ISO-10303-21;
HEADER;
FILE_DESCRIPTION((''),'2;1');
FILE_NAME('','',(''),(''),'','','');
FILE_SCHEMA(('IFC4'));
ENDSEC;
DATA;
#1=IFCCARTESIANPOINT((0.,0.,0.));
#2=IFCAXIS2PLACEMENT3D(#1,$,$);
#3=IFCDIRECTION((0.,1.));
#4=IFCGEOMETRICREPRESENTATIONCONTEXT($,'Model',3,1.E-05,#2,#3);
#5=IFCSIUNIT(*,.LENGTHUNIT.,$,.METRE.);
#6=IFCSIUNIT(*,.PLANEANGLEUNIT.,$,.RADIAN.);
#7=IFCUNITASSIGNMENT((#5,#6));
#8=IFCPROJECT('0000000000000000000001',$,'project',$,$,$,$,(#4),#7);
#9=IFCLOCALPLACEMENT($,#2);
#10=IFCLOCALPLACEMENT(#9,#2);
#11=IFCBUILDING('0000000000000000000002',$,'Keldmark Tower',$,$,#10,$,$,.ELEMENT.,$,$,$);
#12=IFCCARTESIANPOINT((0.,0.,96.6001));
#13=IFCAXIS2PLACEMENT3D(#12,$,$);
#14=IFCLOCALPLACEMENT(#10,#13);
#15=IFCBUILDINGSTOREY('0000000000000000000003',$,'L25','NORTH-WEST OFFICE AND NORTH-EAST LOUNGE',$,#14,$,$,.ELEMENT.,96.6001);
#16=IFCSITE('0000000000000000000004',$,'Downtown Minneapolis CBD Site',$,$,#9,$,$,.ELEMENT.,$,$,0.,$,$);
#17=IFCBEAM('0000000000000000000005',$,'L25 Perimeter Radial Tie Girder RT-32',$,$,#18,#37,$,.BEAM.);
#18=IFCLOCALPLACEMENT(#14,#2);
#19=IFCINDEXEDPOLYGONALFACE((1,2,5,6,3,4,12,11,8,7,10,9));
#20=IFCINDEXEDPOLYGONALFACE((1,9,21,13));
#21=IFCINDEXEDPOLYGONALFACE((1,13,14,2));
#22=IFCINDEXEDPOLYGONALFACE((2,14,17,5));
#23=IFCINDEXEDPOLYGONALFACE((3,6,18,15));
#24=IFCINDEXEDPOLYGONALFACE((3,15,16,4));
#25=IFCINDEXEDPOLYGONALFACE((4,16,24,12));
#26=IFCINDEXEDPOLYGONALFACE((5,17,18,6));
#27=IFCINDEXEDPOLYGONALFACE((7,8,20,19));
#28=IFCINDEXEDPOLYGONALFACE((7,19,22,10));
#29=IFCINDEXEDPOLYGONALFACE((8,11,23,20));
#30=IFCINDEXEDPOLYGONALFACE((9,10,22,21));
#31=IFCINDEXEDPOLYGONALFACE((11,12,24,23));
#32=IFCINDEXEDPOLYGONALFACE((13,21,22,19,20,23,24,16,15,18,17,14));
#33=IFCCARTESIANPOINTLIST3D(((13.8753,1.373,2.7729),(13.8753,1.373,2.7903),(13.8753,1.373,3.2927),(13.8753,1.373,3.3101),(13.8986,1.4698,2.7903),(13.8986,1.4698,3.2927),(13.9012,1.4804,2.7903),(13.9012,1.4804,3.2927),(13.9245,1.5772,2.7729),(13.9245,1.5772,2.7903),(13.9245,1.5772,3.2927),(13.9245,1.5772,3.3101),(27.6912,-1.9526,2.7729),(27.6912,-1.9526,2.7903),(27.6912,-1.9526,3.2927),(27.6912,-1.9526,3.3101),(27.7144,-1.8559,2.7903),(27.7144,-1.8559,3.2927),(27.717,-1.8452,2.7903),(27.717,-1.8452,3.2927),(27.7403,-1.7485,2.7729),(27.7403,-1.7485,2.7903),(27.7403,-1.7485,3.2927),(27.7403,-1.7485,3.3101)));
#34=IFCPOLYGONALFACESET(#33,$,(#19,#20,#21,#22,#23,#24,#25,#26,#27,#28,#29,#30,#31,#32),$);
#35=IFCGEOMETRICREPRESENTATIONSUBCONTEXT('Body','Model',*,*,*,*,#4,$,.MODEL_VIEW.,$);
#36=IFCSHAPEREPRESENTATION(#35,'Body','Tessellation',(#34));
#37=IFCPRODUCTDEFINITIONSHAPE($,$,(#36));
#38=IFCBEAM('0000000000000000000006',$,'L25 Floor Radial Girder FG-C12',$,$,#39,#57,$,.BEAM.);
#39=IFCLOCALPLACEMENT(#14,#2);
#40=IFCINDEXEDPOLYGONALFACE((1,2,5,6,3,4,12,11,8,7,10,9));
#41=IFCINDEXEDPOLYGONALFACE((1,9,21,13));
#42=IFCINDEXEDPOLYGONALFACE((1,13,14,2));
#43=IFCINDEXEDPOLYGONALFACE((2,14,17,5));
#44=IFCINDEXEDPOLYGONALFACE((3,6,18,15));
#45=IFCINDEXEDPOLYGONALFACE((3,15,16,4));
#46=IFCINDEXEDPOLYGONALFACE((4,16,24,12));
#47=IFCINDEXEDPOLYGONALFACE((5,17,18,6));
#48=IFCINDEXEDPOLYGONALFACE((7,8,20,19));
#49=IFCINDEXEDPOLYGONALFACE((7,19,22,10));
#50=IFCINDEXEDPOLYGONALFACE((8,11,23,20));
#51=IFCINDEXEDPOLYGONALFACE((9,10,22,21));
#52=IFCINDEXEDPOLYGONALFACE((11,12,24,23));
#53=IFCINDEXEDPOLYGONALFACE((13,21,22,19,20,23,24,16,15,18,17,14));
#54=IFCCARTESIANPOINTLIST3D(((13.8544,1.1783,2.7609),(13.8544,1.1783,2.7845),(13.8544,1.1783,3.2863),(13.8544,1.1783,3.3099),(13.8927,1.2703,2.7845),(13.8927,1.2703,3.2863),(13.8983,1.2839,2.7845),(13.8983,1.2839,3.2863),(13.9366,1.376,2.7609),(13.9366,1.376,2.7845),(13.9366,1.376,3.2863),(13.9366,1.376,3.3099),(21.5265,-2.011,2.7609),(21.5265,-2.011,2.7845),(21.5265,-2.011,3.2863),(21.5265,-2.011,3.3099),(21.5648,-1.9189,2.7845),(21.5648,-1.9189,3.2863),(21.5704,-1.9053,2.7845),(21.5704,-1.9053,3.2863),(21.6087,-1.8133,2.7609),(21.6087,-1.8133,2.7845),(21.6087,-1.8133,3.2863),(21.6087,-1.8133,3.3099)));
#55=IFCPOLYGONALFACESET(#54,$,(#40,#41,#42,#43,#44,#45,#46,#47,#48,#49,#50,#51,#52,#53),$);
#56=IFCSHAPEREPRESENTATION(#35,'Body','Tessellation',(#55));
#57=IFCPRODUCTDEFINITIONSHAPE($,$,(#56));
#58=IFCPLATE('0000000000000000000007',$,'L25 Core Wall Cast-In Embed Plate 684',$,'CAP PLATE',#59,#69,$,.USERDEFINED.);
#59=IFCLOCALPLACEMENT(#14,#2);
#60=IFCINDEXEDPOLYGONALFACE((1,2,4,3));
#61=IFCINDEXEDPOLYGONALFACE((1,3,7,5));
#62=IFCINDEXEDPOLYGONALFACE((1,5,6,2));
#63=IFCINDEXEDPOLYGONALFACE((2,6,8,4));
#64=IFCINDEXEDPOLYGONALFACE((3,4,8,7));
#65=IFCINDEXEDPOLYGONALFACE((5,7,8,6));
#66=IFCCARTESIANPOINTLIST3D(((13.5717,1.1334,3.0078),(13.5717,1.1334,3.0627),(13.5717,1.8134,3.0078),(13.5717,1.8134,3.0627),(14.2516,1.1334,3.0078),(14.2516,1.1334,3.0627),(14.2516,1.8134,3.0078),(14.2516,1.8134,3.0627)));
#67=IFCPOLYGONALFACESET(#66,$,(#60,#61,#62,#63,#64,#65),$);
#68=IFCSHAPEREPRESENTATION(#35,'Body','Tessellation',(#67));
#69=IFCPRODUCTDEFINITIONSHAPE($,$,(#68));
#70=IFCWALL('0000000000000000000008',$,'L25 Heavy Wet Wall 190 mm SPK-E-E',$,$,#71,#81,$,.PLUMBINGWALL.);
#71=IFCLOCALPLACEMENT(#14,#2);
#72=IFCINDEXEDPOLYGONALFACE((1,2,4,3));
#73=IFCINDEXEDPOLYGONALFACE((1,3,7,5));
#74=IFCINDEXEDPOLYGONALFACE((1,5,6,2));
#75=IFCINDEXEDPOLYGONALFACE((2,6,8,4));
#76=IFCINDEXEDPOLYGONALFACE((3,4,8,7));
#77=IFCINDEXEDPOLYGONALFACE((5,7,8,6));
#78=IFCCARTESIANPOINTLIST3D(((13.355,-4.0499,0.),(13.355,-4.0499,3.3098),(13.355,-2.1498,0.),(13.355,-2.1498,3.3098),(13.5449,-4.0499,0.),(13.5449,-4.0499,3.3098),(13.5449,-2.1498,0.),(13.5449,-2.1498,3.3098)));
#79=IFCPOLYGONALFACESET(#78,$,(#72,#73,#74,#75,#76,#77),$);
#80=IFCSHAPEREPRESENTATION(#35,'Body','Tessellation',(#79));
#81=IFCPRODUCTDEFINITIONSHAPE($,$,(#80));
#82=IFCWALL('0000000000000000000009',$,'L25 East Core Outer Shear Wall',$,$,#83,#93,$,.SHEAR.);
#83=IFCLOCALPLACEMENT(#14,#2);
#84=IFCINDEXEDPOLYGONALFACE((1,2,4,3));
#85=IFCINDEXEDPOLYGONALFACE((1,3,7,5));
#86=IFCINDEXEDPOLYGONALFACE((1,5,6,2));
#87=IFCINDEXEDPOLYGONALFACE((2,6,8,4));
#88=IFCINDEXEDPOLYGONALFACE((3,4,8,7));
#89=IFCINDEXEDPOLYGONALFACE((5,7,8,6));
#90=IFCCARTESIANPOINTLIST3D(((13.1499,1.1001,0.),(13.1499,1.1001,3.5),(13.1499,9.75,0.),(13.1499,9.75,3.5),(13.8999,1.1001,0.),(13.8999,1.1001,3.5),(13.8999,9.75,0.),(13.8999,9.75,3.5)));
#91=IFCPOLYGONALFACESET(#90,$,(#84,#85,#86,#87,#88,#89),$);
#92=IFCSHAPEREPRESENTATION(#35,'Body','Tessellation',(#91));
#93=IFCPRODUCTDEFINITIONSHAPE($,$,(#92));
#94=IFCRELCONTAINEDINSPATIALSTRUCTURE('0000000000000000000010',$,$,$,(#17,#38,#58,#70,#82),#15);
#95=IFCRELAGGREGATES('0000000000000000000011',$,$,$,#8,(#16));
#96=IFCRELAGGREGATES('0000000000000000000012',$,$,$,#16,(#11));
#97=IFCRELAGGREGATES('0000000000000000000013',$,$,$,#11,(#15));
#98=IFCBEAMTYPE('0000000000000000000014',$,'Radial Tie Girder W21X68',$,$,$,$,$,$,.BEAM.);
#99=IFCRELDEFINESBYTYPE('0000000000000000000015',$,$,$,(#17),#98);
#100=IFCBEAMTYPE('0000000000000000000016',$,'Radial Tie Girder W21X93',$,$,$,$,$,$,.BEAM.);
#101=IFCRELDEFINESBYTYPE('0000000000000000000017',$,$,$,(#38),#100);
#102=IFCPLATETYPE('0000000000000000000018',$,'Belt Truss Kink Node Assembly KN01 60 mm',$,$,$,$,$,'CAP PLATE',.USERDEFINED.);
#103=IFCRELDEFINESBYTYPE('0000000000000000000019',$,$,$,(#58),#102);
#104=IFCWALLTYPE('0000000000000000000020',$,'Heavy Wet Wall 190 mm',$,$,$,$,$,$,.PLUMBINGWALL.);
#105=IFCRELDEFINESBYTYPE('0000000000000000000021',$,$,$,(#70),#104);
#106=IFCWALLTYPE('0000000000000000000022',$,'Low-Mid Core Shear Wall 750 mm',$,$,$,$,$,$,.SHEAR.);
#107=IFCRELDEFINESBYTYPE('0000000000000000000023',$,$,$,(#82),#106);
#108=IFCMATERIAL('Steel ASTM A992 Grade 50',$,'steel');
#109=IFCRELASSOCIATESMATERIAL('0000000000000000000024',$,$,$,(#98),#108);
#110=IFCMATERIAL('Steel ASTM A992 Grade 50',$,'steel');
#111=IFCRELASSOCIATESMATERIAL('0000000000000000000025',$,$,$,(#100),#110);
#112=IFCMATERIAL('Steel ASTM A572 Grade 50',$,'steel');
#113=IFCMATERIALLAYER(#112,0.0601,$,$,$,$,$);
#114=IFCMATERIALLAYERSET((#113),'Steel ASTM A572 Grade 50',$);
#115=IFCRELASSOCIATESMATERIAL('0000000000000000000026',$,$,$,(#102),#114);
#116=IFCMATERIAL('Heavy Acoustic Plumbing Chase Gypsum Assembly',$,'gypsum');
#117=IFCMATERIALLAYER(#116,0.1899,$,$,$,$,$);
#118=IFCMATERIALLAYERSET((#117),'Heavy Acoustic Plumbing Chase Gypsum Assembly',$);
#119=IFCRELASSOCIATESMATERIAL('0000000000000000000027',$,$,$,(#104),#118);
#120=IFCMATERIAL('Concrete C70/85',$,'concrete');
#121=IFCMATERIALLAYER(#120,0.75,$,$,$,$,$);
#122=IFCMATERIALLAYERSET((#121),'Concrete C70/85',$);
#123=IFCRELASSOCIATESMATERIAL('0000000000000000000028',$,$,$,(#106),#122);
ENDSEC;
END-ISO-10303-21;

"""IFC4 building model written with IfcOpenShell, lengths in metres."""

from ifc_helpers import new_model, si_unit, direction, frame, frame_2d, origin, origin_2d, place, context, subcontext, project, spatial, rectangle, i_section, extrude, material, layer, layer_set, material_profile, profile_set, type_object, element, save


model = new_model("IFC4")

# Units and contexts
model_context = context("Model", 3, precision=1e-05, world=origin(), true_north=direction((0.0, 1.0)))
body_context = subcontext(model_context, "Body", "Model", "MODEL_VIEW")
ifc_project = project(units=[si_unit("LENGTHUNIT", "METRE"), si_unit("PLANEANGLEUNIT", "RADIAN")], contexts=[model_context])

# Site, building, storey
site_placement = place(None, origin())
site = spatial("IfcSite", under=ifc_project, at=site_placement, Name="Downtown Minneapolis CBD Site", CompositionType="ELEMENT", RefElevation=0.0)
building_placement = place(site_placement, origin())
building = spatial("IfcBuilding", under=site, at=building_placement, Name="Keldmark Tower", CompositionType="ELEMENT")
storey_placement = place(building_placement, frame((0.0, 0.0, 96.6001)))
storey = spatial("IfcBuildingStorey", under=building, at=storey_placement, Name="L25", Description="NORTH-WEST OFFICE AND NORTH-EAST LOUNGE", CompositionType="ELEMENT", Elevation=96.6001)

# Beams
ifc_material_1 = material(Name="Steel ASTM A992 Grade 50", Category="steel")
ifc_material_profile_1 = material_profile(ifc_material_1, i_section(OverallWidth=0.21, OverallDepth=0.5371, WebThickness=0.011, FlangeThickness=0.0173, at=origin_2d()), Name="W21X68")
ifc_profile_set_1 = profile_set([ifc_material_profile_1], Name="Steel ASTM A992 Grade 50")
beam_type_1 = type_object("IfcBeamType", Name="Radial Tie Girder W21X68", PredefinedType="BEAM", material=ifc_profile_set_1)
beam_1_placement = place(storey_placement, frame((13.8999, 1.4751, 3.0415), z_axis=(0.97223, -0.234029, 0.0), x_axis=(0.234029, 0.97223, 0.0)))
element("IfcBeam", 1, at=beam_1_placement, inside=storey, type_object=beam_type_1, Name="L25 Perimeter Radial Tie Girder RT-32", PredefinedType="BEAM", context=body_context, shape_type="SweptSolid", body=[
    extrude(i_section(OverallWidth=0.21, OverallDepth=0.5371, WebThickness=0.011, FlangeThickness=0.0173, at=origin_2d()), origin(), (0.0, 0.0, 1.0), 14.2104),
])
ifc_material_2 = material(Name="Steel ASTM A992 Grade 50", Category="steel")
ifc_material_profile_2 = material_profile(ifc_material_2, i_section(OverallWidth=0.2141, OverallDepth=0.5491, WebThickness=0.0146, FlangeThickness=0.0237, at=origin_2d()), Name="W21X93")
ifc_profile_set_2 = profile_set([ifc_material_profile_2], Name="Steel ASTM A992 Grade 50")
beam_type_2 = type_object("IfcBeamType", Name="Radial Tie Girder W21X93", PredefinedType="BEAM", material=ifc_profile_set_2)
beam_2_placement = place(storey_placement, frame((21.5676, -1.9121, 3.0354), z_axis=(-0.923397, 0.383845, 0.0), x_axis=(-0.383845, -0.923397, 0.0)))
element("IfcBeam", 2, at=beam_2_placement, inside=storey, type_object=beam_type_2, Name="L25 Floor Radial Girder FG-C12", PredefinedType="BEAM", context=body_context, shape_type="SweptSolid", body=[
    extrude(i_section(OverallWidth=0.2141, OverallDepth=0.5491, WebThickness=0.0146, FlangeThickness=0.0237, at=origin_2d()), origin(), (0.0, 0.0, 1.0), 8.3086),
])

# Plate
ifc_material_3 = material(Name="Steel ASTM A572 Grade 50", Category="steel")
ifc_layer_1 = layer(ifc_material_3, 0.0601)
ifc_layer_set_1 = layer_set([ifc_layer_1], Name="Steel ASTM A572 Grade 50")
plate_type = type_object("IfcPlateType", Name="Belt Truss Kink Node Assembly KN01 60 mm", ElementType="CAP PLATE", PredefinedType="USERDEFINED", material=ifc_layer_set_1)
plate_placement = place(storey_placement, frame((13.9116, 1.4734, 3.0078), z_axis=(0.0, 0.0, 1.0), x_axis=(1.0, 0.0, 0.0)))
element("IfcPlate", 3, at=plate_placement, inside=storey, type_object=plate_type, Name="L25 Core Wall Cast-In Embed Plate 684", ObjectType="CAP PLATE", PredefinedType="USERDEFINED", context=body_context, shape_type="SweptSolid", body=[
    extrude(rectangle(XDim=0.6799, YDim=0.6799, at=origin_2d()), origin(), (0.0, 0.0, 1.0), 0.0549),
])

# Walls
ifc_material_4 = material(Name="Heavy Acoustic Plumbing Chase Gypsum Assembly", Category="gypsum")
ifc_layer_2 = layer(ifc_material_4, 0.1899)
ifc_layer_set_2 = layer_set([ifc_layer_2], Name="Heavy Acoustic Plumbing Chase Gypsum Assembly")
wall_type_1 = type_object("IfcWallType", Name="Heavy Wet Wall 190 mm", PredefinedType="PLUMBINGWALL", material=ifc_layer_set_2)
wall_1_placement = place(storey_placement, frame((13.45, -4.05, 0.0), z_axis=(0.0, 0.0, 1.0), x_axis=(0.0, 1.0, 0.0)))
element("IfcWall", 4, at=wall_1_placement, inside=storey, type_object=wall_type_1, Name="L25 Heavy Wet Wall 190 mm SPK-E-E", PredefinedType="PLUMBINGWALL", context=body_context, shape_type="SweptSolid", body=[
    extrude(rectangle(XDim=1.9001, YDim=0.1899, at=frame_2d((0.9502, 0.0))), origin(), (0.0, 0.0, 1.0), 3.3098),
])
ifc_material_5 = material(Name="Concrete C70/85", Category="concrete")
ifc_layer_3 = layer(ifc_material_5, 0.75)
ifc_layer_set_3 = layer_set([ifc_layer_3], Name="Concrete C70/85")
wall_type_2 = type_object("IfcWallType", Name="Low-Mid Core Shear Wall 750 mm", PredefinedType="SHEAR", material=ifc_layer_set_3)
wall_2_placement = place(storey_placement, frame((13.5249, 1.1001, 0.0), z_axis=(0.0, 0.0, 1.0), x_axis=(0.0, 1.0, 0.0)))
element("IfcWall", 5, at=wall_2_placement, inside=storey, type_object=wall_type_2, Name="L25 East Core Outer Shear Wall", PredefinedType="SHEAR", context=body_context, shape_type="SweptSolid", body=[
    extrude(rectangle(XDim=8.6499, YDim=0.75, at=frame_2d((4.325, 0.0))), origin(), (0.0, 0.0, 1.0), 3.5),
])

save(model, "model.ifc")
